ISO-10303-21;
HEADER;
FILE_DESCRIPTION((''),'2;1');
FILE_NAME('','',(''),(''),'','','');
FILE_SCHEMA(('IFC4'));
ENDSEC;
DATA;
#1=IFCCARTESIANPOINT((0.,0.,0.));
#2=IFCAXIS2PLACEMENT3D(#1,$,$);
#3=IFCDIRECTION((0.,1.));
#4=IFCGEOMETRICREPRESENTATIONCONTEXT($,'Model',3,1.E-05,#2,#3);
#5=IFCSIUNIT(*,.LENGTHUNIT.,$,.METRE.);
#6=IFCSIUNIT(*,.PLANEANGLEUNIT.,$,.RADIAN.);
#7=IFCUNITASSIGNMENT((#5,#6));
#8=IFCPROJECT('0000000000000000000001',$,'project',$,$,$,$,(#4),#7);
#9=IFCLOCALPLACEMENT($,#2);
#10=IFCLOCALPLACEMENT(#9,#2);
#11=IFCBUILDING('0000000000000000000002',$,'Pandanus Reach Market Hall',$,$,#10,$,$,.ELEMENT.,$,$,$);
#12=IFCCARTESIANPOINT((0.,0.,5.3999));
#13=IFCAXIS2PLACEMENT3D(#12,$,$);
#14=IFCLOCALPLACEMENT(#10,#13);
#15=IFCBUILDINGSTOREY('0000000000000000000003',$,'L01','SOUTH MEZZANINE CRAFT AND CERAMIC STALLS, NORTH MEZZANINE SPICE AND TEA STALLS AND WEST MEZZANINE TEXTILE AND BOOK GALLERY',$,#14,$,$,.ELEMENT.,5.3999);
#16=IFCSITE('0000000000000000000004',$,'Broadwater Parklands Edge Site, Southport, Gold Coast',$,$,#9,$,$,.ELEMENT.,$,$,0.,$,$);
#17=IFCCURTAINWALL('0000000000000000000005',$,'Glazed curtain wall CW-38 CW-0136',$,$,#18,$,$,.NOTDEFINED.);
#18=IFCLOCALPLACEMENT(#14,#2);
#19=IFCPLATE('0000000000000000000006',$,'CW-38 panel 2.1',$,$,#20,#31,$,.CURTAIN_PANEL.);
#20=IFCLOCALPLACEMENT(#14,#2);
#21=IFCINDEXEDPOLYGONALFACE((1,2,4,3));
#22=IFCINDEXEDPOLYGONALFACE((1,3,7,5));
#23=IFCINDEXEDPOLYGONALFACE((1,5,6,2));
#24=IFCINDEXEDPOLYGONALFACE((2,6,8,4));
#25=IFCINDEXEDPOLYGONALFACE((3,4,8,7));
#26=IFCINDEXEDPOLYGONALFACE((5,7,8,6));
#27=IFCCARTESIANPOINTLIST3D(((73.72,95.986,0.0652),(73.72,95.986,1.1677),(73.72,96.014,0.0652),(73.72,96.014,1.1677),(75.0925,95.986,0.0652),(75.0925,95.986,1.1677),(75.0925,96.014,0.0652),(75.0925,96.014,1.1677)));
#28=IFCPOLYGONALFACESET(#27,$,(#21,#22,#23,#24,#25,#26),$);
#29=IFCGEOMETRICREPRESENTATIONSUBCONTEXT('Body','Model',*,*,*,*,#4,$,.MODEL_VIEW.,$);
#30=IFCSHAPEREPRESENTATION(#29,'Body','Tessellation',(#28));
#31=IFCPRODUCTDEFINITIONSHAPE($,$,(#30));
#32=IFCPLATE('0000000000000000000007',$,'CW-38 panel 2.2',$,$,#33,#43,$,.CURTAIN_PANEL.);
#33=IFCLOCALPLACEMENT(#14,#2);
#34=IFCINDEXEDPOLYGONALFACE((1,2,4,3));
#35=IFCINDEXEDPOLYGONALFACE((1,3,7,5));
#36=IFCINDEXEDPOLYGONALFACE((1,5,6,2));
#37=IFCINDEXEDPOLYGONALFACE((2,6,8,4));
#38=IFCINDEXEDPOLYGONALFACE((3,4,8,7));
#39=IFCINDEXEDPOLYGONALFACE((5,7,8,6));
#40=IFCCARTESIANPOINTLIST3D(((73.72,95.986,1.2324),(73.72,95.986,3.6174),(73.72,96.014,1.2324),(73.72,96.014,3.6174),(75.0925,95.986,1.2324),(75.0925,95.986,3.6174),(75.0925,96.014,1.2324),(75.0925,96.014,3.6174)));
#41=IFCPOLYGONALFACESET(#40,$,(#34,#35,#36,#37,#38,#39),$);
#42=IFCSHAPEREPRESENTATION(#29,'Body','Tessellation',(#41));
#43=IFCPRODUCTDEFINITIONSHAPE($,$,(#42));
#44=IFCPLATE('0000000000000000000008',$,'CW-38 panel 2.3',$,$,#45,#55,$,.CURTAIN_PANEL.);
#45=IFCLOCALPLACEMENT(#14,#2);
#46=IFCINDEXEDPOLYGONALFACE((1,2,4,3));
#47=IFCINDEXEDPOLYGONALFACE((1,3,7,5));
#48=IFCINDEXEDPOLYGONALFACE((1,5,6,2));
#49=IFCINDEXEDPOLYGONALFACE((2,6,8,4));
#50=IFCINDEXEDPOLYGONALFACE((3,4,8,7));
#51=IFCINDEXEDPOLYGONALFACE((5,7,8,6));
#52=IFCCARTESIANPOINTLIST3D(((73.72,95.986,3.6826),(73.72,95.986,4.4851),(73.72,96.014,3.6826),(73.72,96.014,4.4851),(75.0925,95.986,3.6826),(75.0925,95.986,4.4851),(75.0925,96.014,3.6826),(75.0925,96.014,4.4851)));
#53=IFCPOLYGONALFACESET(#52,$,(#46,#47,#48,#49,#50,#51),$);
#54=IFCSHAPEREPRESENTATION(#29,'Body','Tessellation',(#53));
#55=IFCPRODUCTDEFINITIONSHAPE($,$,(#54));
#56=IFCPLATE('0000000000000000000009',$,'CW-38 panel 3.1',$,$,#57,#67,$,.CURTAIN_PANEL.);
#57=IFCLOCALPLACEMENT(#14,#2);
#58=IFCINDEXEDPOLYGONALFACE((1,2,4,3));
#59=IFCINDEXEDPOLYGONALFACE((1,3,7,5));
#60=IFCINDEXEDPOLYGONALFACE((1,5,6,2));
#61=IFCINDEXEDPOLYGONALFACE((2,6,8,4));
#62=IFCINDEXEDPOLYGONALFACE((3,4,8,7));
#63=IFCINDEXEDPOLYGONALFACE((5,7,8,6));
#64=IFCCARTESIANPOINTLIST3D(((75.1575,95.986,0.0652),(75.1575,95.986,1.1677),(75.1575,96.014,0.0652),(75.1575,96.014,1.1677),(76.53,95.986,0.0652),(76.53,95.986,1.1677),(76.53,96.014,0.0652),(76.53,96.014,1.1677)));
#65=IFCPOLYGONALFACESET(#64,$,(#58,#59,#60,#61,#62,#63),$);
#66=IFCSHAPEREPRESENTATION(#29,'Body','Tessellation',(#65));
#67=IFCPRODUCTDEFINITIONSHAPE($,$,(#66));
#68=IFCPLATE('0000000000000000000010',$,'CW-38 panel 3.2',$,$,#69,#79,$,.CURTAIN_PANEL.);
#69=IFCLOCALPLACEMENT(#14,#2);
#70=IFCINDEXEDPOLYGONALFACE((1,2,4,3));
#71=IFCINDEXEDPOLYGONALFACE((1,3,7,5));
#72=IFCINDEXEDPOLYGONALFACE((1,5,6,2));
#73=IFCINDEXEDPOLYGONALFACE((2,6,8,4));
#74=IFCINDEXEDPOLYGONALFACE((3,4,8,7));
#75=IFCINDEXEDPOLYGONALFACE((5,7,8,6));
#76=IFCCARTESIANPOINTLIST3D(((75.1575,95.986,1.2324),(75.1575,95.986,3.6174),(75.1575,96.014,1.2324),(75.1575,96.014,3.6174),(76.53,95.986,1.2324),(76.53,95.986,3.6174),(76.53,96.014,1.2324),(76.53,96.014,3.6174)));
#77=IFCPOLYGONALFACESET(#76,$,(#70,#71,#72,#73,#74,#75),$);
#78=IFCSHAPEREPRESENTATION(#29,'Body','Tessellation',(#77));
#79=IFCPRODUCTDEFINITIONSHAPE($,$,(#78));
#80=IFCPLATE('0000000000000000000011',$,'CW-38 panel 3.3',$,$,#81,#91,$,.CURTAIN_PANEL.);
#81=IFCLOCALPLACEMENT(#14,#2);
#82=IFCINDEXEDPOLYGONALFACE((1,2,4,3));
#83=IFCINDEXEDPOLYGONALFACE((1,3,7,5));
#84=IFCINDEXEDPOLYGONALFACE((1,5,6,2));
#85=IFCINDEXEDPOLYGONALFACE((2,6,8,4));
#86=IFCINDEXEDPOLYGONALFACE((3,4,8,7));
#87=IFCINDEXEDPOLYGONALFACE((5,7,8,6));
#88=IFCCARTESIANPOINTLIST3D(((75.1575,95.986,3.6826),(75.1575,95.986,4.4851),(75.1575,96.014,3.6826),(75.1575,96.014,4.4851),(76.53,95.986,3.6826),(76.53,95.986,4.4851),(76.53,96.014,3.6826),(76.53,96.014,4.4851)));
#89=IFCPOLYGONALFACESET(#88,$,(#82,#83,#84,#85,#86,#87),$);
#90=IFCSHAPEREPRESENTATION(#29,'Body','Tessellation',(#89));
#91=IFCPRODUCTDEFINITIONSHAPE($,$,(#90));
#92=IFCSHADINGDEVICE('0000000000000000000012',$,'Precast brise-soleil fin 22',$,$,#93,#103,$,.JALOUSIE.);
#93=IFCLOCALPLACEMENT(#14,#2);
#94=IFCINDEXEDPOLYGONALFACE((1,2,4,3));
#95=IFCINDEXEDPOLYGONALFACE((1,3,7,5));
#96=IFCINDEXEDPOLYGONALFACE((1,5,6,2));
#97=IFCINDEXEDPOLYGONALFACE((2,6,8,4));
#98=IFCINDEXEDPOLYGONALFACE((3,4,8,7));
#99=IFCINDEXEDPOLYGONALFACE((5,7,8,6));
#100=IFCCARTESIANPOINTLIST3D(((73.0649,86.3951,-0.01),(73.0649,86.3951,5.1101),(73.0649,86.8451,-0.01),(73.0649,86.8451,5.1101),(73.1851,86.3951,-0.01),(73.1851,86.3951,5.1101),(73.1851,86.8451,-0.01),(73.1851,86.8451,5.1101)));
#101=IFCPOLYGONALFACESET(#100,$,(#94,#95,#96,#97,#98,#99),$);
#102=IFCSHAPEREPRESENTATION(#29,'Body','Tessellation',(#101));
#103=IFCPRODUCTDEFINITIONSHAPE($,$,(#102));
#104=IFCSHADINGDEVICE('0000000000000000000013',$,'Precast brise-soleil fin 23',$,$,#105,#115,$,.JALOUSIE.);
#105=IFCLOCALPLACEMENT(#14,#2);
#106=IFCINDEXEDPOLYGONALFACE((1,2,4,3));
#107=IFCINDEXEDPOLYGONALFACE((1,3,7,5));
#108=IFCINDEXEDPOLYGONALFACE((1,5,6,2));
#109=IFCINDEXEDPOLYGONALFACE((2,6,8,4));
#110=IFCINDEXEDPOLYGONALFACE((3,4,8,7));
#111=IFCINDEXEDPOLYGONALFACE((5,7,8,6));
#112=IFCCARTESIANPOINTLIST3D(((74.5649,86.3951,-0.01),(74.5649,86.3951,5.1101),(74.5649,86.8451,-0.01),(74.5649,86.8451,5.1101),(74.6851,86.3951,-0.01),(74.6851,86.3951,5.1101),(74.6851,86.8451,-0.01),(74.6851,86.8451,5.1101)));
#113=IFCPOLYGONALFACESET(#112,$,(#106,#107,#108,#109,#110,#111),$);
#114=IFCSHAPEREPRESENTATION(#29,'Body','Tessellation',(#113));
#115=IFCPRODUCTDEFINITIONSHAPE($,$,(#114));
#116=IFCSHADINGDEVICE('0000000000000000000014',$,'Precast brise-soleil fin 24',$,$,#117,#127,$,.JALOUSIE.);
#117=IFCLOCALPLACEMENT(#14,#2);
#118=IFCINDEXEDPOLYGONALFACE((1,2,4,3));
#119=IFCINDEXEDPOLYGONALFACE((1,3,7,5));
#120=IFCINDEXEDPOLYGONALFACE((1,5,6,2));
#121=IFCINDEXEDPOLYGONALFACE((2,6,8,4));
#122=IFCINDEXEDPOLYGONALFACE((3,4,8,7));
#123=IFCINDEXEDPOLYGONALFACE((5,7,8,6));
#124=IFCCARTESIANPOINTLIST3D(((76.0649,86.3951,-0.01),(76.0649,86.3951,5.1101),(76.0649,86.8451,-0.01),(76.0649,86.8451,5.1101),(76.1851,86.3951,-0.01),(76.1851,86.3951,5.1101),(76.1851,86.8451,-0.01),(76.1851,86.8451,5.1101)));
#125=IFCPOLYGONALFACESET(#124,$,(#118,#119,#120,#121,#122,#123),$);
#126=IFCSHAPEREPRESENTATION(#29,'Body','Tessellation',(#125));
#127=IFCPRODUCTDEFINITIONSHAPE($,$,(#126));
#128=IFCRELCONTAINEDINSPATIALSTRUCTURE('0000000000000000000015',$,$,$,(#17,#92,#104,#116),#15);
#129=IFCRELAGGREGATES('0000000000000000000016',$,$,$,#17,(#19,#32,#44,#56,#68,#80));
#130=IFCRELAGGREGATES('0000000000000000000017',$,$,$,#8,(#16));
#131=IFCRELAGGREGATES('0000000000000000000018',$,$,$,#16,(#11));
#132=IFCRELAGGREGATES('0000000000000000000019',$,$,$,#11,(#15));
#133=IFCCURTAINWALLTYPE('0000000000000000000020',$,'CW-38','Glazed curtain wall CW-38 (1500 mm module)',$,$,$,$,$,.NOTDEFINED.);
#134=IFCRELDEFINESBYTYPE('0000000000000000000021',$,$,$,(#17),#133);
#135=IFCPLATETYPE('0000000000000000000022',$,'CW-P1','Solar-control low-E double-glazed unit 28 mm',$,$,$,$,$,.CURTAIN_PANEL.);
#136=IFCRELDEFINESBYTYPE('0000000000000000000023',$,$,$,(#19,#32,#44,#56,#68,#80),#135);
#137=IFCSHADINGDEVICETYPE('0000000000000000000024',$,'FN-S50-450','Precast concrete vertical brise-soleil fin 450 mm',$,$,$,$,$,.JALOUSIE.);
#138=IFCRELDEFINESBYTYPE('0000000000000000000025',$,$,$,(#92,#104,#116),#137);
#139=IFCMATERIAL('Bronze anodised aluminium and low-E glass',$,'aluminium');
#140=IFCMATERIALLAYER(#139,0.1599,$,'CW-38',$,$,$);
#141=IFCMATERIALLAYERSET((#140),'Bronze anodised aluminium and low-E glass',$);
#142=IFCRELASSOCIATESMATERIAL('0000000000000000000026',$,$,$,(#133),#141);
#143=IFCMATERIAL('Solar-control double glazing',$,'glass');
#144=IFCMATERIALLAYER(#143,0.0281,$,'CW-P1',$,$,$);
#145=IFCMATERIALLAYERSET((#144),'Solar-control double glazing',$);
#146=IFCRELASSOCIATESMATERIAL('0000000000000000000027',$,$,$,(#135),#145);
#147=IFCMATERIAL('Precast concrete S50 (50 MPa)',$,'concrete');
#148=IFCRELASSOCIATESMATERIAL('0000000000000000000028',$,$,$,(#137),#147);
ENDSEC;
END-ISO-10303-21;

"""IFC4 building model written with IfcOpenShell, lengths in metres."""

from ifc_helpers import new_model, si_unit, direction, frame, origin, origin_2d, place, context, subcontext, project, spatial, rectangle, extrude, material, layer, layer_set, type_object, element, aggregate, save


model = new_model("IFC4")

# Units and contexts
model_context = context("Model", 3, precision=1e-05, world=origin(), true_north=direction((0.0, 1.0)))
body_context = subcontext(model_context, "Body", "Model", "MODEL_VIEW")
ifc_project = project(units=[si_unit("LENGTHUNIT", "METRE"), si_unit("PLANEANGLEUNIT", "RADIAN")], contexts=[model_context])

# Site, building, storey
site_placement = place(None, origin())
site = spatial("IfcSite", under=ifc_project, at=site_placement, Name="Broadwater Parklands Edge Site, Southport, Gold Coast", CompositionType="ELEMENT", RefElevation=0.0)
building_placement = place(site_placement, origin())
building = spatial("IfcBuilding", under=site, at=building_placement, Name="Pandanus Reach Market Hall", CompositionType="ELEMENT")
storey_placement = place(building_placement, frame((0.0, 0.0, 5.3999)))
storey = spatial("IfcBuildingStorey", under=building, at=storey_placement, Name="L01", Description="SOUTH MEZZANINE CRAFT AND CERAMIC STALLS, NORTH MEZZANINE SPICE AND TEA STALLS AND WEST MEZZANINE TEXTILE AND BOOK GALLERY", CompositionType="ELEMENT", Elevation=5.3999)

# Curtain wall, plates
ifc_material_1 = material(Name="Bronze anodised aluminium and low-E glass", Category="aluminium")
ifc_layer_1 = layer(ifc_material_1, 0.1599, Name="CW-38")
ifc_layer_set_1 = layer_set([ifc_layer_1], Name="Bronze anodised aluminium and low-E glass")
curtain_wall_type = type_object("IfcCurtainWallType", Name="CW-38", Description="Glazed curtain wall CW-38 (1500 mm module)", PredefinedType="NOTDEFINED", material=ifc_layer_set_1)
curtain_wall_placement = place(storey_placement, origin())
curtain_wall = element("IfcCurtainWall", 1, at=curtain_wall_placement, inside=storey, type_object=curtain_wall_type, Name="Glazed curtain wall CW-38 CW-0136", PredefinedType="NOTDEFINED")
ifc_material_2 = material(Name="Solar-control double glazing", Category="glass")
ifc_layer_2 = layer(ifc_material_2, 0.0281, Name="CW-P1")
ifc_layer_set_2 = layer_set([ifc_layer_2], Name="Solar-control double glazing")
plate_type = type_object("IfcPlateType", Name="CW-P1", Description="Solar-control low-E double-glazed unit 28 mm", PredefinedType="CURTAIN_PANEL", material=ifc_layer_set_2)
plate_1_placement = place(storey_placement, frame((74.4062, 96.0, 0.0652), z_axis=(0.0, 0.0, 1.0), x_axis=(1.0, 0.0, 0.0)))
plate_1 = element("IfcPlate", 2, at=plate_1_placement, type_object=plate_type, Name="CW-38 panel 2.1", PredefinedType="CURTAIN_PANEL", context=body_context, shape_type="SweptSolid", body=[
    extrude(rectangle(XDim=1.3726, YDim=0.0281, at=origin_2d()), origin(), (0.0, 0.0, 1.0), 1.1025),
])
plate_2_placement = place(storey_placement, frame((74.4062, 96.0, 1.2324), z_axis=(0.0, 0.0, 1.0), x_axis=(1.0, 0.0, 0.0)))
plate_2 = element("IfcPlate", 3, at=plate_2_placement, type_object=plate_type, Name="CW-38 panel 2.2", PredefinedType="CURTAIN_PANEL", context=body_context, shape_type="SweptSolid", body=[
    extrude(rectangle(XDim=1.3726, YDim=0.0281, at=origin_2d()), origin(), (0.0, 0.0, 1.0), 2.385),
])
plate_3_placement = place(storey_placement, frame((74.4062, 96.0, 3.6826), z_axis=(0.0, 0.0, 1.0), x_axis=(1.0, 0.0, 0.0)))
plate_3 = element("IfcPlate", 4, at=plate_3_placement, type_object=plate_type, Name="CW-38 panel 2.3", PredefinedType="CURTAIN_PANEL", context=body_context, shape_type="SweptSolid", body=[
    extrude(rectangle(XDim=1.3726, YDim=0.0281, at=origin_2d()), origin(), (0.0, 0.0, 1.0), 0.8025),
])
plate_4_placement = place(storey_placement, frame((75.8438, 96.0, 0.0652), z_axis=(0.0, 0.0, 1.0), x_axis=(1.0, 0.0, 0.0)))
plate_4 = element("IfcPlate", 5, at=plate_4_placement, type_object=plate_type, Name="CW-38 panel 3.1", PredefinedType="CURTAIN_PANEL", context=body_context, shape_type="SweptSolid", body=[
    extrude(rectangle(XDim=1.3726, YDim=0.0281, at=origin_2d()), origin(), (0.0, 0.0, 1.0), 1.1025),
])
plate_5_placement = place(storey_placement, frame((75.8438, 96.0, 1.2324), z_axis=(0.0, 0.0, 1.0), x_axis=(1.0, 0.0, 0.0)))
plate_5 = element("IfcPlate", 6, at=plate_5_placement, type_object=plate_type, Name="CW-38 panel 3.2", PredefinedType="CURTAIN_PANEL", context=body_context, shape_type="SweptSolid", body=[
    extrude(rectangle(XDim=1.3726, YDim=0.0281, at=origin_2d()), origin(), (0.0, 0.0, 1.0), 2.385),
])
plate_6_placement = place(storey_placement, frame((75.8438, 96.0, 3.6826), z_axis=(0.0, 0.0, 1.0), x_axis=(1.0, 0.0, 0.0)))
plate_6 = element("IfcPlate", 7, at=plate_6_placement, type_object=plate_type, Name="CW-38 panel 3.3", PredefinedType="CURTAIN_PANEL", context=body_context, shape_type="SweptSolid", body=[
    extrude(rectangle(XDim=1.3726, YDim=0.0281, at=origin_2d()), origin(), (0.0, 0.0, 1.0), 0.8025),
])
aggregate(curtain_wall, [plate_1, plate_2, plate_3, plate_4, plate_5, plate_6])

# Shading devices
ifc_material_3 = material(Name="Precast concrete S50 (50 MPa)", Category="concrete")
shading_device_type = type_object("IfcShadingDeviceType", Name="FN-S50-450", Description="Precast concrete vertical brise-soleil fin 450 mm", PredefinedType="JALOUSIE", material=ifc_material_3)
for number, where, z_axis, x_axis, name in (
    (8, (73.125, 86.6201, -0.01), (0.0, 0.0, 1.0), (0.0, 1.0, 0.0), "Precast brise-soleil fin 22"),
    (9, (74.625, 86.6201, -0.01), (0.0, 0.0, 1.0), (0.0, 1.0, 0.0), "Precast brise-soleil fin 23"),
    (10, (76.125, 86.6201, -0.01), (0.0, 0.0, 1.0), (0.0, 1.0, 0.0), "Precast brise-soleil fin 24"),
):
    element("IfcShadingDevice", number, at=place(storey_placement, frame(where, z_axis=z_axis, x_axis=x_axis)), inside=storey, type_object=shading_device_type, Name=name, PredefinedType="JALOUSIE", context=body_context, shape_type="SweptSolid", body=[
        extrude(rectangle(XDim=0.45, YDim=0.1201, at=origin_2d()), origin(), (0.0, 0.0, 1.0), 5.1201),
    ])

save(model, "model.ifc")
